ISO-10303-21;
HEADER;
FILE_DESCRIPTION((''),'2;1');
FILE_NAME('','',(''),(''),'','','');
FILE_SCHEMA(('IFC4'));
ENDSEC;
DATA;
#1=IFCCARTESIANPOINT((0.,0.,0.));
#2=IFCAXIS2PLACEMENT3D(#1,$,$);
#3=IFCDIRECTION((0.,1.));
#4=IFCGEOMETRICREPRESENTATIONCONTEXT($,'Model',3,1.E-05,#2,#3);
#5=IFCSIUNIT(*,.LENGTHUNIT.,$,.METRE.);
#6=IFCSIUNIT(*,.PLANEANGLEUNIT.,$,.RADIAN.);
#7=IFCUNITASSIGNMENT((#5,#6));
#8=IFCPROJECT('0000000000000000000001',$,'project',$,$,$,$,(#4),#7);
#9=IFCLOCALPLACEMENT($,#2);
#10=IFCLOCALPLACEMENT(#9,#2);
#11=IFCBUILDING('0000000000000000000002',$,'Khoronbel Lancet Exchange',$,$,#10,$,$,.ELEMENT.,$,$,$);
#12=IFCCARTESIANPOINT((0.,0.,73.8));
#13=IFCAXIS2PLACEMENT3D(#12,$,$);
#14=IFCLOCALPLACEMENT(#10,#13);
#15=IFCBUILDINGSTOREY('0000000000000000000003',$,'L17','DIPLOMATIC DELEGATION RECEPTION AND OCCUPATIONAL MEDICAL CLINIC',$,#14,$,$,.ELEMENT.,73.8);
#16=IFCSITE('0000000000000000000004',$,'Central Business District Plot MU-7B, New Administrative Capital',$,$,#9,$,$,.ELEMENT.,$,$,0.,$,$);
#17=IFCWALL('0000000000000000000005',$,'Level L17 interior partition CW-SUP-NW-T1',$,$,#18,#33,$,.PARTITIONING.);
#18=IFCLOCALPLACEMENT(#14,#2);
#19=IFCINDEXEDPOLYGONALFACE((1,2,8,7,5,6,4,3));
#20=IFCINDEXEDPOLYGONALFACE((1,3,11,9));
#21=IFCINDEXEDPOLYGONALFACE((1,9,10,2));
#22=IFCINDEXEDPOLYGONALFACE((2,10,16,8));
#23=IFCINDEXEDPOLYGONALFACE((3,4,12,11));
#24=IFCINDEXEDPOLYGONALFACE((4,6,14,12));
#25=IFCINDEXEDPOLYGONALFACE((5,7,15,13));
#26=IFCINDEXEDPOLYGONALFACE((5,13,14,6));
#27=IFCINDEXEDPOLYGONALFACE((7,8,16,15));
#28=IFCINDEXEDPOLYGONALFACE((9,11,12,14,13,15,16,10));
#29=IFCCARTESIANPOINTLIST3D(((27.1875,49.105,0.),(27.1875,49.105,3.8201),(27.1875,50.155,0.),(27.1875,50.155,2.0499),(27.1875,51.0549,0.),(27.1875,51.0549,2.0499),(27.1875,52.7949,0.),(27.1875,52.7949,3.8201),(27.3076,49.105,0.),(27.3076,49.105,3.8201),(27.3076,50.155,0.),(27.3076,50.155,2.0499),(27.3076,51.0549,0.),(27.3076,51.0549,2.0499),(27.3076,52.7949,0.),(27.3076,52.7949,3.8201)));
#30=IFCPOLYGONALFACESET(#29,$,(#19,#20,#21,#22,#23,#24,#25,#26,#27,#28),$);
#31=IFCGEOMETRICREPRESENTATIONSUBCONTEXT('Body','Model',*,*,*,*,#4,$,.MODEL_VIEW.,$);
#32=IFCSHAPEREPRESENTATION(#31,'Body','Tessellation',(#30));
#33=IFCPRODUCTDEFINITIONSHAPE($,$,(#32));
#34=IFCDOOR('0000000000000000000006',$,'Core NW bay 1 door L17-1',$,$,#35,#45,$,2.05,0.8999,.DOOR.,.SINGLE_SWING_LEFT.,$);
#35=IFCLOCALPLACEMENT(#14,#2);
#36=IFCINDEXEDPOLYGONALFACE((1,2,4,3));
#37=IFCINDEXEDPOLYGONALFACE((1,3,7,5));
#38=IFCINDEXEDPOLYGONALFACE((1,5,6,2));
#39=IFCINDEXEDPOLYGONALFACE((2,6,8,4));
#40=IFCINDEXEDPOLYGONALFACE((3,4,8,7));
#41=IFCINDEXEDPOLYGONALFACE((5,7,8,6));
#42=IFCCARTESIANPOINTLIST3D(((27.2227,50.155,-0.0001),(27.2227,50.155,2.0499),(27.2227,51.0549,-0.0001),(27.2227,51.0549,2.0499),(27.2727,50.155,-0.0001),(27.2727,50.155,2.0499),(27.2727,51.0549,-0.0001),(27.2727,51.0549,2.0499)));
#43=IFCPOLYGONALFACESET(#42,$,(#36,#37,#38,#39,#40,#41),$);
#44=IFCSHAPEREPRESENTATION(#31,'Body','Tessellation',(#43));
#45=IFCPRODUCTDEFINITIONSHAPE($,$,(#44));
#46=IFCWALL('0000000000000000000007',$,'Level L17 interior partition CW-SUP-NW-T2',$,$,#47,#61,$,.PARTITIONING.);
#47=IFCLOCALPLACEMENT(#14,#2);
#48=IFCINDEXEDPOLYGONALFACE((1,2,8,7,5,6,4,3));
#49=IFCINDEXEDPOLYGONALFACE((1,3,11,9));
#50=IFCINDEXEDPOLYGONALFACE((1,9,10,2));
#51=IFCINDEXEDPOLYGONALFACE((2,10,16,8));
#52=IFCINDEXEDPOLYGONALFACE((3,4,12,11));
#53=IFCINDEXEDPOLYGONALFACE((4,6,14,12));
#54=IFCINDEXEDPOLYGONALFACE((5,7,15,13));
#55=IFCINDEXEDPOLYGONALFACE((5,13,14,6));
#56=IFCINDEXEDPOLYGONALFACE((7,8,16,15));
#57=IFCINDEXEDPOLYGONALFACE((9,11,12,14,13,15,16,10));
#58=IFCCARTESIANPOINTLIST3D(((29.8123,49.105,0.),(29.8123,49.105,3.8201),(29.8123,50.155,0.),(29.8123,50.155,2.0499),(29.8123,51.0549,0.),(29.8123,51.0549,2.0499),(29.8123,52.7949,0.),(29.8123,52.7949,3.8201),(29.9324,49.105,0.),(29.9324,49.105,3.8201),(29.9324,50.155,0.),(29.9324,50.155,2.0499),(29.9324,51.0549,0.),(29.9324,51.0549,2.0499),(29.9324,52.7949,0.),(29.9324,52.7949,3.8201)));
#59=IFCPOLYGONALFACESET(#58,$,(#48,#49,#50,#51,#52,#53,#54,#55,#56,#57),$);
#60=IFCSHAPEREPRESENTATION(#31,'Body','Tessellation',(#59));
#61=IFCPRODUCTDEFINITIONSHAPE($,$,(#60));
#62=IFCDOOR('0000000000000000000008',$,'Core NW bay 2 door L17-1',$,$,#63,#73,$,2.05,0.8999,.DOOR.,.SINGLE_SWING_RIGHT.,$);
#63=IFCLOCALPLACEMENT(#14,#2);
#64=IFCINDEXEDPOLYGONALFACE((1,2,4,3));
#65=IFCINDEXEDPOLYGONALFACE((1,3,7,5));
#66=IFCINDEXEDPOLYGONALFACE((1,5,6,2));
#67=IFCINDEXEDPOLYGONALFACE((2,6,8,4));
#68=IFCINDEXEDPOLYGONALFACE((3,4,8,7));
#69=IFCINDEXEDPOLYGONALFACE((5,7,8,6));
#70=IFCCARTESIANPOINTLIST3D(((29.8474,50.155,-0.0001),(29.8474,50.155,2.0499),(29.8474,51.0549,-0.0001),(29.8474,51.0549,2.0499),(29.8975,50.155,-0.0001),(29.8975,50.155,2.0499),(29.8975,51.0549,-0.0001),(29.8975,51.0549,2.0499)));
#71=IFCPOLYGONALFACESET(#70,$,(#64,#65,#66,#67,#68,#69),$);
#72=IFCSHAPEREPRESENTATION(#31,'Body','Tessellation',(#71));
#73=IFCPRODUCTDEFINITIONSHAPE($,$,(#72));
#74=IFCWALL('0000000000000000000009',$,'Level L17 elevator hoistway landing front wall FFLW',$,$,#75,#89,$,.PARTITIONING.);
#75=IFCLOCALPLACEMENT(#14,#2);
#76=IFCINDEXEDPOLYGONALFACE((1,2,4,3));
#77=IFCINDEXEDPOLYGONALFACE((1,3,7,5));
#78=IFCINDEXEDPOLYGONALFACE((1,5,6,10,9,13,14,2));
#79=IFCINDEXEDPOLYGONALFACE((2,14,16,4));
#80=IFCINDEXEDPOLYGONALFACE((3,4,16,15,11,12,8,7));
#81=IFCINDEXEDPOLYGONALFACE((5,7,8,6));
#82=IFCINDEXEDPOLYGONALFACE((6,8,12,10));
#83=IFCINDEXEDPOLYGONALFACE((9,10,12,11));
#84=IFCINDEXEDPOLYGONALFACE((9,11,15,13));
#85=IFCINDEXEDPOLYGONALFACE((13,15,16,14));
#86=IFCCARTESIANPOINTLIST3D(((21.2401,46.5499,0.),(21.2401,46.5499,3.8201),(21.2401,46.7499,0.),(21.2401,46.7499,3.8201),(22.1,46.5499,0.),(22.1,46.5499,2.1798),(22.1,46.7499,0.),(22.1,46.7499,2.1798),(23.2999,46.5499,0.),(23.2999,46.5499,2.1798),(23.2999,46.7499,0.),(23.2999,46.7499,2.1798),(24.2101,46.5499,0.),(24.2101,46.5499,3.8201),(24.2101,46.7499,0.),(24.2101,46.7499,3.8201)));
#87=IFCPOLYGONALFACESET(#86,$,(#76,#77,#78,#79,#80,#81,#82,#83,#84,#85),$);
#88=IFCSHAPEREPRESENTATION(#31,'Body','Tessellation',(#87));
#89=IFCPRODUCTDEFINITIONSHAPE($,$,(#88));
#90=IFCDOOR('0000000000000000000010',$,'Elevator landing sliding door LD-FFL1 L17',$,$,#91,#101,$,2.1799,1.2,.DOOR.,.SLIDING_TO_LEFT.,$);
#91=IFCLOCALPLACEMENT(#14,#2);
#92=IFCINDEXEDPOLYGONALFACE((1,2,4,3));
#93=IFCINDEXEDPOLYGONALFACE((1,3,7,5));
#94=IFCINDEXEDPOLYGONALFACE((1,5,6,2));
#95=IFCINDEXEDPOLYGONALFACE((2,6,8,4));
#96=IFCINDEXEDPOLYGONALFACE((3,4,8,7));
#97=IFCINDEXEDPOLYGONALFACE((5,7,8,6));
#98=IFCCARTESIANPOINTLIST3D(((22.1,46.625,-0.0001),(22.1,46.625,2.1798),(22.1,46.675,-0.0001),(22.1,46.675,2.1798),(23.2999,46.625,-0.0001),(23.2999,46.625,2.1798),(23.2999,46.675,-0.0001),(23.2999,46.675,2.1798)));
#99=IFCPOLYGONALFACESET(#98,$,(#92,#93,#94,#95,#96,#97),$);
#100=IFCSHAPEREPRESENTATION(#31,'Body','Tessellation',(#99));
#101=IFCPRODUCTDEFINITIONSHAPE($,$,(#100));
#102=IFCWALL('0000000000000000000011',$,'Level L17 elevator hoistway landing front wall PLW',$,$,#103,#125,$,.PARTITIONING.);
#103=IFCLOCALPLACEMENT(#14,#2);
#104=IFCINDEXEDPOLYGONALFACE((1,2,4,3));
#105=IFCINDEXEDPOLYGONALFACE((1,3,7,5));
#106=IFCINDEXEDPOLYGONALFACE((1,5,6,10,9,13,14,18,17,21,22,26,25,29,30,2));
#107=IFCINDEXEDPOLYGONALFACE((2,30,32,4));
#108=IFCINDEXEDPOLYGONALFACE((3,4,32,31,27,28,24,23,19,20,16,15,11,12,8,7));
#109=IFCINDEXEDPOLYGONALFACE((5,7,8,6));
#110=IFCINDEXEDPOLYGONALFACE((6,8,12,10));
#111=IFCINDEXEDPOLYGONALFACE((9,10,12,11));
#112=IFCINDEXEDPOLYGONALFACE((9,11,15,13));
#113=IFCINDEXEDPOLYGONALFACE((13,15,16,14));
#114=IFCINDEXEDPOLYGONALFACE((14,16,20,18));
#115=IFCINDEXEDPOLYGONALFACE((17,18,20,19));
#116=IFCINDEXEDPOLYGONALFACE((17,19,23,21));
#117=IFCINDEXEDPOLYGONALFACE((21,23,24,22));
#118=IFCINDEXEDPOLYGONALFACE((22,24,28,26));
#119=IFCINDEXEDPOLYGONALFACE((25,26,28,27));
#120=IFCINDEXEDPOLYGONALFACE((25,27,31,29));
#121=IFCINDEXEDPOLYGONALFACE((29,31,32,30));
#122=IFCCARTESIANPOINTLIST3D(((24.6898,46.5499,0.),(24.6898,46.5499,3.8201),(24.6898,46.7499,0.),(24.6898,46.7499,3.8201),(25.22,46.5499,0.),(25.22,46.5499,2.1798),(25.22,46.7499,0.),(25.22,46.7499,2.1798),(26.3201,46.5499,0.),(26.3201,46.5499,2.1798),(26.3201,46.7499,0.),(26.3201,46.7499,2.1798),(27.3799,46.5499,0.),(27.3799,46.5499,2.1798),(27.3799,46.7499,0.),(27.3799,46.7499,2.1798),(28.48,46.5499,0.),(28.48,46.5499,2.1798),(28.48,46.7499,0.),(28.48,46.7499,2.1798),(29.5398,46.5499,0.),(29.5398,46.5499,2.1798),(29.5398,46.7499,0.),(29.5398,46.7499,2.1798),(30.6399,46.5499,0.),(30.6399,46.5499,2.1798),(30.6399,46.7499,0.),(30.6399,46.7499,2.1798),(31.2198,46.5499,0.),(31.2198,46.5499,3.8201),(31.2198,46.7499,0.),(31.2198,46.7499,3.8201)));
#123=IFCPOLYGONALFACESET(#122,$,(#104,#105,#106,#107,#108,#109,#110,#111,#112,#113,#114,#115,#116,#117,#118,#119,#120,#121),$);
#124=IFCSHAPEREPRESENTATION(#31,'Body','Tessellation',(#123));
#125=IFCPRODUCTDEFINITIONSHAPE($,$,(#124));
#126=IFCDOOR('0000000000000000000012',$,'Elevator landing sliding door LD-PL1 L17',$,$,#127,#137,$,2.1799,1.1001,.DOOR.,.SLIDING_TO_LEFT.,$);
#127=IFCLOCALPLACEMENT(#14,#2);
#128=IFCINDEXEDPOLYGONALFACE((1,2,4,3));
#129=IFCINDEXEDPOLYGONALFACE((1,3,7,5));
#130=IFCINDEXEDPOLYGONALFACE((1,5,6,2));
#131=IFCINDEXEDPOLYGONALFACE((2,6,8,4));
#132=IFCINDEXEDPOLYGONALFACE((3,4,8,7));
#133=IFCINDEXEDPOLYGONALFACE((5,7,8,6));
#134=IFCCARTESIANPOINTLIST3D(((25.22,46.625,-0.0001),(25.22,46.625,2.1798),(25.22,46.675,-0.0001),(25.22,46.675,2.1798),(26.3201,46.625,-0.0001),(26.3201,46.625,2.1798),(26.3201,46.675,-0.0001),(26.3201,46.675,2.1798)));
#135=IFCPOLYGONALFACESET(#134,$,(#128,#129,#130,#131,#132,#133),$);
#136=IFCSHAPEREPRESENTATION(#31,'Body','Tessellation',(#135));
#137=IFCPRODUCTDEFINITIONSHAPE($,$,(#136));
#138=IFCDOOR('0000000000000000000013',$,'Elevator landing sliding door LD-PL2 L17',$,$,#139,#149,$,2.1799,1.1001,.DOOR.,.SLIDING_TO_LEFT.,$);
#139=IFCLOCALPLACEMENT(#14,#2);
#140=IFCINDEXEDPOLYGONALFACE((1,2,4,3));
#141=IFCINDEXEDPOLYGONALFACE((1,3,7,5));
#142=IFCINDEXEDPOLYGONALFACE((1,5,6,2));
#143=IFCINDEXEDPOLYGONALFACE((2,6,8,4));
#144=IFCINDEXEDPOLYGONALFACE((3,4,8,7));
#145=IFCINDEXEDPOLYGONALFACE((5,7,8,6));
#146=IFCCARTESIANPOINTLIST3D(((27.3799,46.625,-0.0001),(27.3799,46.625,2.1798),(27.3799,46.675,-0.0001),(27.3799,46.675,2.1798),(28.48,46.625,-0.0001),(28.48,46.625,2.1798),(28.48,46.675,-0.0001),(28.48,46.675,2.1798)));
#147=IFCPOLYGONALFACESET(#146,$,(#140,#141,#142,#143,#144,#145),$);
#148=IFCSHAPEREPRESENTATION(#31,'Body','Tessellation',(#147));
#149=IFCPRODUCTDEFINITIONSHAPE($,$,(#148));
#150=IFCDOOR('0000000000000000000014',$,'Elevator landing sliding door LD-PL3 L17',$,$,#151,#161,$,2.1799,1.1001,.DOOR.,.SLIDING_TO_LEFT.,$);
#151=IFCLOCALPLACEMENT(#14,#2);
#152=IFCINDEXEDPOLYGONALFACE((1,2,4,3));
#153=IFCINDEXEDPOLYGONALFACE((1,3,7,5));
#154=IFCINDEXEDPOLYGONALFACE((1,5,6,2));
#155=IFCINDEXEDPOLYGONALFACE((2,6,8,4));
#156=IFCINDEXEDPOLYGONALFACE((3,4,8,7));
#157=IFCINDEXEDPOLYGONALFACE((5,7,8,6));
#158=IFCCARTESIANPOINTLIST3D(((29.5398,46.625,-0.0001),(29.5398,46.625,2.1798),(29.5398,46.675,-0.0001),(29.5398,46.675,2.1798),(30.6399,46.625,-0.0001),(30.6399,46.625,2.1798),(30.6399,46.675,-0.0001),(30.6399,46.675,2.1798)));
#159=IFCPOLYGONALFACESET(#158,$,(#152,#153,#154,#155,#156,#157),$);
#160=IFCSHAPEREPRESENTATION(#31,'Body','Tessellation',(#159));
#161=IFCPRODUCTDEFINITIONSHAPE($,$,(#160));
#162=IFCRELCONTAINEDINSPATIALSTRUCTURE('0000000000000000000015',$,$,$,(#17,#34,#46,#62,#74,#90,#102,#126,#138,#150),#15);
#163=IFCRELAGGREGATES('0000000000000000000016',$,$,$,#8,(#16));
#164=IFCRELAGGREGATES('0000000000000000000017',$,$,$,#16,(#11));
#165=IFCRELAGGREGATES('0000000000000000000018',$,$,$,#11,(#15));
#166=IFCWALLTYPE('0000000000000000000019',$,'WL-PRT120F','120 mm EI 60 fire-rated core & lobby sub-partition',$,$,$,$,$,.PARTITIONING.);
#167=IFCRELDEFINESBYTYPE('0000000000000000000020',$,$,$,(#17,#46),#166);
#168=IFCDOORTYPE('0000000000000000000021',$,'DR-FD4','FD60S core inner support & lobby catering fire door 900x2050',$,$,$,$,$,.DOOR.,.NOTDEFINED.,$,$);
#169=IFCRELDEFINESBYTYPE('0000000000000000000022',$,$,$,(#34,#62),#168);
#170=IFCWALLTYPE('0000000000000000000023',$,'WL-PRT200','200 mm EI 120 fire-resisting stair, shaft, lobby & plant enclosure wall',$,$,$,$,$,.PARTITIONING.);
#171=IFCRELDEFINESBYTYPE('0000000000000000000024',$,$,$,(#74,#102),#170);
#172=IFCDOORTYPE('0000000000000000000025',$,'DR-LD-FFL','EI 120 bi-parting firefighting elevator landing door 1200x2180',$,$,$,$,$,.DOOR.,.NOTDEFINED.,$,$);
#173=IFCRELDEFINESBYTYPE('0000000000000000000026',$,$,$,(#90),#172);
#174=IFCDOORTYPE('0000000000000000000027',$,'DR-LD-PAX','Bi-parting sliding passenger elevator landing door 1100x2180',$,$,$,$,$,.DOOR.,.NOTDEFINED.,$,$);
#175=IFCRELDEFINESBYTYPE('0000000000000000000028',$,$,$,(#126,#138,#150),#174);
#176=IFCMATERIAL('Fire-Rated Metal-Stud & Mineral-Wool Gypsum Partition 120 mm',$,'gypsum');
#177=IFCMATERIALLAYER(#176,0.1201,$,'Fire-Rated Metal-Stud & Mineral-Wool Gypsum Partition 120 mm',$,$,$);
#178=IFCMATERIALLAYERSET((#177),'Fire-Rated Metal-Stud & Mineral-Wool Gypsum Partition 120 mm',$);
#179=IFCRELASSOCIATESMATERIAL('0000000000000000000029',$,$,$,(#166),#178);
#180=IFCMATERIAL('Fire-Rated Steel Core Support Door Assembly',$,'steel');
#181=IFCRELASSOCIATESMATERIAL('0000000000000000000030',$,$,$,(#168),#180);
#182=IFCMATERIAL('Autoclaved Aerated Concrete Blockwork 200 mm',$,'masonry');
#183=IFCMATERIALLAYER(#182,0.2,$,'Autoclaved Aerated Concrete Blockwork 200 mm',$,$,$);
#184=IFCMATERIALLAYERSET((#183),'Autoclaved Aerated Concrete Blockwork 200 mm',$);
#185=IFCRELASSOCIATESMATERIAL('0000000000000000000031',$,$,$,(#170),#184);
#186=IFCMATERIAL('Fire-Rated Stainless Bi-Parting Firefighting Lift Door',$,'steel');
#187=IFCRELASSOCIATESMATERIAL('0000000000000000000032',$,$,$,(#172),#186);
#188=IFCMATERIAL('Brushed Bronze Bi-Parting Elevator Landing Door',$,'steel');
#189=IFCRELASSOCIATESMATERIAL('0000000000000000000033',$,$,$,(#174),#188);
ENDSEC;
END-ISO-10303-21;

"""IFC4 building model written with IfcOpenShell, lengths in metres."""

from ifc_helpers import new_model, si_unit, direction, frame, frame_2d, origin, place, context, subcontext, project, spatial, rectangle, extrude, material, layer, layer_set, type_object, element, fill, save


model = new_model("IFC4")

# Units and contexts
model_context = context("Model", 3, precision=1e-05, world=origin(), true_north=direction((0.0, 1.0)))
body_context = subcontext(model_context, "Body", "Model", "MODEL_VIEW")
ifc_project = project(units=[si_unit("LENGTHUNIT", "METRE"), si_unit("PLANEANGLEUNIT", "RADIAN")], contexts=[model_context])

# Site, building, storey
site_placement = place(None, origin())
site = spatial("IfcSite", under=ifc_project, at=site_placement, Name="Central Business District Plot MU-7B, New Administrative Capital", CompositionType="ELEMENT", RefElevation=0.0)
building_placement = place(site_placement, origin())
building = spatial("IfcBuilding", under=site, at=building_placement, Name="Khoronbel Lancet Exchange", CompositionType="ELEMENT")
storey_placement = place(building_placement, frame((0.0, 0.0, 73.8)))
storey = spatial("IfcBuildingStorey", under=building, at=storey_placement, Name="L17", Description="DIPLOMATIC DELEGATION RECEPTION AND OCCUPATIONAL MEDICAL CLINIC", CompositionType="ELEMENT", Elevation=73.8)

# Shared definitions
ifc_material_1 = material(Name="Fire-Rated Metal-Stud & Mineral-Wool Gypsum Partition 120 mm", Category="gypsum")
ifc_layer_1 = layer(ifc_material_1, 0.1201, Name="Fire-Rated Metal-Stud & Mineral-Wool Gypsum Partition 120 mm")
ifc_layer_set_1 = layer_set([ifc_layer_1], Name="Fire-Rated Metal-Stud & Mineral-Wool Gypsum Partition 120 mm")
wall_type_1 = type_object("IfcWallType", Name="WL-PRT120F", Description="120 mm EI 60 fire-rated core & lobby sub-partition", PredefinedType="PARTITIONING", material=ifc_layer_set_1)

# Walls, openings, doors
wall_1_placement = place(storey_placement, frame((27.2476, 49.105, 0.0), z_axis=(0.0, 0.0, 1.0), x_axis=(0.0, 1.0, 0.0)))
wall_1 = element("IfcWall", 1, at=wall_1_placement, inside=storey, type_object=wall_type_1, Name="Level L17 interior partition CW-SUP-NW-T1", PredefinedType="PARTITIONING", context=body_context, shape_type="SweptSolid", body=[
    extrude(rectangle(XDim=3.6899, YDim=0.1201, at=frame_2d((1.845, 0.0))), origin(), (0.0, 0.0, 1.0), 3.8201),
])
opening_1_placement = place(wall_1_placement, frame((1.05, 0.0, 0.0)))
opening_1 = element("IfcOpeningElement", 2, at=opening_1_placement, cuts=wall_1, PredefinedType="OPENING", context=body_context, shape_type="SweptSolid", body=[
    extrude(rectangle(XDim=0.8999, YDim=2.05, at=frame_2d((0.45, 1.0249))), frame((0.0, 0.0701, 0.0), z_axis=(0.0, -1.0, 0.0), x_axis=(1.0, 0.0, 0.0)), (0.0, 0.0, 1.0), 0.1401),
])
ifc_material_2 = material(Name="Fire-Rated Steel Core Support Door Assembly", Category="steel")
door_type_1 = type_object("IfcDoorType", Name="DR-FD4", Description="FD60S core inner support & lobby catering fire door 900x2050", OperationType="NOTDEFINED", PredefinedType="DOOR", material=ifc_material_2)
door_1_placement = place(opening_1_placement, origin())
door_1 = element("IfcDoor", 3, at=door_1_placement, inside=storey, type_object=door_type_1, Name="Core NW bay 1 door L17-1", OperationType="SINGLE_SWING_LEFT", OverallHeight=2.05, OverallWidth=0.8999, PredefinedType="DOOR", context=body_context, shape_type="SweptSolid", body=[
    extrude(rectangle(XDim=0.8999, YDim=2.05, at=frame_2d((0.45, 1.0249))), frame((0.0, 0.0249, 0.0), z_axis=(0.0, -1.0, 0.0), x_axis=(1.0, 0.0, 0.0)), (0.0, 0.0, 1.0), 0.05),
])
fill(opening_1, door_1)
wall_2_placement = place(storey_placement, frame((29.8723, 49.105, 0.0), z_axis=(0.0, 0.0, 1.0), x_axis=(0.0, 1.0, 0.0)))
wall_2 = element("IfcWall", 4, at=wall_2_placement, inside=storey, type_object=wall_type_1, Name="Level L17 interior partition CW-SUP-NW-T2", PredefinedType="PARTITIONING", context=body_context, shape_type="SweptSolid", body=[
    extrude(rectangle(XDim=3.6899, YDim=0.1201, at=frame_2d((1.845, 0.0))), origin(), (0.0, 0.0, 1.0), 3.8201),
])
opening_2_placement = place(wall_2_placement, frame((1.05, 0.0, 0.0)))
opening_2 = element("IfcOpeningElement", 5, at=opening_2_placement, cuts=wall_2, PredefinedType="OPENING", context=body_context, shape_type="SweptSolid", body=[
    extrude(rectangle(XDim=0.8999, YDim=2.05, at=frame_2d((0.45, 1.0249))), frame((0.0, 0.0701, 0.0), z_axis=(0.0, -1.0, 0.0), x_axis=(1.0, 0.0, 0.0)), (0.0, 0.0, 1.0), 0.1401),
])
door_2_placement = place(opening_2_placement, origin())
door_2 = element("IfcDoor", 6, at=door_2_placement, inside=storey, type_object=door_type_1, Name="Core NW bay 2 door L17-1", OperationType="SINGLE_SWING_RIGHT", OverallHeight=2.05, OverallWidth=0.8999, PredefinedType="DOOR", context=body_context, shape_type="SweptSolid", body=[
    extrude(rectangle(XDim=0.8999, YDim=2.05, at=frame_2d((0.45, 1.0249))), frame((0.0, 0.0249, 0.0), z_axis=(0.0, -1.0, 0.0), x_axis=(1.0, 0.0, 0.0)), (0.0, 0.0, 1.0), 0.05),
])
fill(opening_2, door_2)
ifc_material_3 = material(Name="Autoclaved Aerated Concrete Blockwork 200 mm", Category="masonry")
ifc_layer_2 = layer(ifc_material_3, 0.2, Name="Autoclaved Aerated Concrete Blockwork 200 mm")
ifc_layer_set_2 = layer_set([ifc_layer_2], Name="Autoclaved Aerated Concrete Blockwork 200 mm")
wall_type_2 = type_object("IfcWallType", Name="WL-PRT200", Description="200 mm EI 120 fire-resisting stair, shaft, lobby & plant enclosure wall", PredefinedType="PARTITIONING", material=ifc_layer_set_2)
wall_3_placement = place(storey_placement, frame((24.21, 46.6499, 0.0), z_axis=(0.0, 0.0, 1.0), x_axis=(-1.0, 0.0, 0.0)))
wall_3 = element("IfcWall", 7, at=wall_3_placement, inside=storey, type_object=wall_type_2, Name="Level L17 elevator hoistway landing front wall FFLW", PredefinedType="PARTITIONING", context=body_context, shape_type="SweptSolid", body=[
    extrude(rectangle(XDim=2.97, YDim=0.2, at=frame_2d((1.4849, 0.0))), origin(), (0.0, 0.0, 1.0), 3.8201),
])
opening_3_placement = place(wall_3_placement, frame((0.9099, 0.0, 0.0)))
opening_3 = element("IfcOpeningElement", 8, at=opening_3_placement, cuts=wall_3, PredefinedType="OPENING", context=body_context, shape_type="SweptSolid", body=[
    extrude(rectangle(XDim=1.2, YDim=2.1799, at=frame_2d((0.6001, 1.0898))), frame((0.0, 0.1099, 0.0), z_axis=(0.0, -1.0, 0.0), x_axis=(1.0, 0.0, 0.0)), (0.0, 0.0, 1.0), 0.22),
])
ifc_material_4 = material(Name="Fire-Rated Stainless Bi-Parting Firefighting Lift Door", Category="steel")
door_type_2 = type_object("IfcDoorType", Name="DR-LD-FFL", Description="EI 120 bi-parting firefighting elevator landing door 1200x2180", OperationType="NOTDEFINED", PredefinedType="DOOR", material=ifc_material_4)
door_3_placement = place(opening_3_placement, origin())
door_3 = element("IfcDoor", 9, at=door_3_placement, inside=storey, type_object=door_type_2, Name="Elevator landing sliding door LD-FFL1 L17", OperationType="SLIDING_TO_LEFT", OverallHeight=2.1799, OverallWidth=1.2, PredefinedType="DOOR", context=body_context, shape_type="SweptSolid", body=[
    extrude(rectangle(XDim=1.2, YDim=2.1799, at=frame_2d((0.6001, 1.0898))), frame((0.0, 0.0249, 0.0), z_axis=(0.0, -1.0, 0.0), x_axis=(1.0, 0.0, 0.0)), (0.0, 0.0, 1.0), 0.05),
])
fill(opening_3, door_3)

# Wall, openings, doors
wall_4_placement = place(storey_placement, frame((31.22, 46.6499, 0.0), z_axis=(0.0, 0.0, 1.0), x_axis=(-1.0, 0.0, 0.0)))
wall_4 = element("IfcWall", 10, at=wall_4_placement, inside=storey, type_object=wall_type_2, Name="Level L17 elevator hoistway landing front wall PLW", PredefinedType="PARTITIONING", context=body_context, shape_type="SweptSolid", body=[
    extrude(rectangle(XDim=6.53, YDim=0.2, at=frame_2d((3.2651, 0.0))), origin(), (0.0, 0.0, 1.0), 3.8201),
])
opening_4_placement = place(wall_4_placement, frame((4.8999, 0.0, 0.0)))
opening_4 = element("IfcOpeningElement", 11, at=opening_4_placement, cuts=wall_4, PredefinedType="OPENING", context=body_context, shape_type="SweptSolid", body=[
    extrude(rectangle(XDim=1.1001, YDim=2.1799, at=frame_2d((0.55, 1.0898))), frame((0.0, 0.1099, 0.0), z_axis=(0.0, -1.0, 0.0), x_axis=(1.0, 0.0, 0.0)), (0.0, 0.0, 1.0), 0.22),
])
opening_5_placement = place(wall_4_placement, frame((2.74, 0.0, 0.0)))
opening_5 = element("IfcOpeningElement", 12, at=opening_5_placement, cuts=wall_4, PredefinedType="OPENING", context=body_context, shape_type="SweptSolid", body=[
    extrude(rectangle(XDim=1.1001, YDim=2.1799, at=frame_2d((0.55, 1.0898))), frame((0.0, 0.1099, 0.0), z_axis=(0.0, -1.0, 0.0), x_axis=(1.0, 0.0, 0.0)), (0.0, 0.0, 1.0), 0.22),
])
opening_6_placement = place(wall_4_placement, frame((0.5801, 0.0, 0.0)))
opening_6 = element("IfcOpeningElement", 13, at=opening_6_placement, cuts=wall_4, PredefinedType="OPENING", context=body_context, shape_type="SweptSolid", body=[
    extrude(rectangle(XDim=1.1001, YDim=2.1799, at=frame_2d((0.55, 1.0898))), frame((0.0, 0.1099, 0.0), z_axis=(0.0, -1.0, 0.0), x_axis=(1.0, 0.0, 0.0)), (0.0, 0.0, 1.0), 0.22),
])
ifc_material_5 = material(Name="Brushed Bronze Bi-Parting Elevator Landing Door", Category="steel")
door_type_3 = type_object("IfcDoorType", Name="DR-LD-PAX", Description="Bi-parting sliding passenger elevator landing door 1100x2180", OperationType="NOTDEFINED", PredefinedType="DOOR", material=ifc_material_5)
door_4_placement = place(opening_4_placement, origin())
door_4 = element("IfcDoor", 14, at=door_4_placement, inside=storey, type_object=door_type_3, Name="Elevator landing sliding door LD-PL1 L17", OperationType="SLIDING_TO_LEFT", OverallHeight=2.1799, OverallWidth=1.1001, PredefinedType="DOOR", context=body_context, shape_type="SweptSolid", body=[
    extrude(rectangle(XDim=1.1001, YDim=2.1799, at=frame_2d((0.55, 1.0898))), frame((0.0, 0.0249, 0.0), z_axis=(0.0, -1.0, 0.0), x_axis=(1.0, 0.0, 0.0)), (0.0, 0.0, 1.0), 0.05),
])
fill(opening_4, door_4)
door_5_placement = place(opening_5_placement, origin())
door_5 = element("IfcDoor", 15, at=door_5_placement, inside=storey, type_object=door_type_3, Name="Elevator landing sliding door LD-PL2 L17", OperationType="SLIDING_TO_LEFT", OverallHeight=2.1799, OverallWidth=1.1001, PredefinedType="DOOR", context=body_context, shape_type="SweptSolid", body=[
    extrude(rectangle(XDim=1.1001, YDim=2.1799, at=frame_2d((0.55, 1.0898))), frame((0.0, 0.0249, 0.0), z_axis=(0.0, -1.0, 0.0), x_axis=(1.0, 0.0, 0.0)), (0.0, 0.0, 1.0), 0.05),
])
fill(opening_5, door_5)
door_6_placement = place(opening_6_placement, origin())
door_6 = element("IfcDoor", 16, at=door_6_placement, inside=storey, type_object=door_type_3, Name="Elevator landing sliding door LD-PL3 L17", OperationType="SLIDING_TO_LEFT", OverallHeight=2.1799, OverallWidth=1.1001, PredefinedType="DOOR", context=body_context, shape_type="SweptSolid", body=[
    extrude(rectangle(XDim=1.1001, YDim=2.1799, at=frame_2d((0.55, 1.0898))), frame((0.0, 0.0249, 0.0), z_axis=(0.0, -1.0, 0.0), x_axis=(1.0, 0.0, 0.0)), (0.0, 0.0, 1.0), 0.05),
])
fill(opening_6, door_6)

save(model, "model.ifc")
